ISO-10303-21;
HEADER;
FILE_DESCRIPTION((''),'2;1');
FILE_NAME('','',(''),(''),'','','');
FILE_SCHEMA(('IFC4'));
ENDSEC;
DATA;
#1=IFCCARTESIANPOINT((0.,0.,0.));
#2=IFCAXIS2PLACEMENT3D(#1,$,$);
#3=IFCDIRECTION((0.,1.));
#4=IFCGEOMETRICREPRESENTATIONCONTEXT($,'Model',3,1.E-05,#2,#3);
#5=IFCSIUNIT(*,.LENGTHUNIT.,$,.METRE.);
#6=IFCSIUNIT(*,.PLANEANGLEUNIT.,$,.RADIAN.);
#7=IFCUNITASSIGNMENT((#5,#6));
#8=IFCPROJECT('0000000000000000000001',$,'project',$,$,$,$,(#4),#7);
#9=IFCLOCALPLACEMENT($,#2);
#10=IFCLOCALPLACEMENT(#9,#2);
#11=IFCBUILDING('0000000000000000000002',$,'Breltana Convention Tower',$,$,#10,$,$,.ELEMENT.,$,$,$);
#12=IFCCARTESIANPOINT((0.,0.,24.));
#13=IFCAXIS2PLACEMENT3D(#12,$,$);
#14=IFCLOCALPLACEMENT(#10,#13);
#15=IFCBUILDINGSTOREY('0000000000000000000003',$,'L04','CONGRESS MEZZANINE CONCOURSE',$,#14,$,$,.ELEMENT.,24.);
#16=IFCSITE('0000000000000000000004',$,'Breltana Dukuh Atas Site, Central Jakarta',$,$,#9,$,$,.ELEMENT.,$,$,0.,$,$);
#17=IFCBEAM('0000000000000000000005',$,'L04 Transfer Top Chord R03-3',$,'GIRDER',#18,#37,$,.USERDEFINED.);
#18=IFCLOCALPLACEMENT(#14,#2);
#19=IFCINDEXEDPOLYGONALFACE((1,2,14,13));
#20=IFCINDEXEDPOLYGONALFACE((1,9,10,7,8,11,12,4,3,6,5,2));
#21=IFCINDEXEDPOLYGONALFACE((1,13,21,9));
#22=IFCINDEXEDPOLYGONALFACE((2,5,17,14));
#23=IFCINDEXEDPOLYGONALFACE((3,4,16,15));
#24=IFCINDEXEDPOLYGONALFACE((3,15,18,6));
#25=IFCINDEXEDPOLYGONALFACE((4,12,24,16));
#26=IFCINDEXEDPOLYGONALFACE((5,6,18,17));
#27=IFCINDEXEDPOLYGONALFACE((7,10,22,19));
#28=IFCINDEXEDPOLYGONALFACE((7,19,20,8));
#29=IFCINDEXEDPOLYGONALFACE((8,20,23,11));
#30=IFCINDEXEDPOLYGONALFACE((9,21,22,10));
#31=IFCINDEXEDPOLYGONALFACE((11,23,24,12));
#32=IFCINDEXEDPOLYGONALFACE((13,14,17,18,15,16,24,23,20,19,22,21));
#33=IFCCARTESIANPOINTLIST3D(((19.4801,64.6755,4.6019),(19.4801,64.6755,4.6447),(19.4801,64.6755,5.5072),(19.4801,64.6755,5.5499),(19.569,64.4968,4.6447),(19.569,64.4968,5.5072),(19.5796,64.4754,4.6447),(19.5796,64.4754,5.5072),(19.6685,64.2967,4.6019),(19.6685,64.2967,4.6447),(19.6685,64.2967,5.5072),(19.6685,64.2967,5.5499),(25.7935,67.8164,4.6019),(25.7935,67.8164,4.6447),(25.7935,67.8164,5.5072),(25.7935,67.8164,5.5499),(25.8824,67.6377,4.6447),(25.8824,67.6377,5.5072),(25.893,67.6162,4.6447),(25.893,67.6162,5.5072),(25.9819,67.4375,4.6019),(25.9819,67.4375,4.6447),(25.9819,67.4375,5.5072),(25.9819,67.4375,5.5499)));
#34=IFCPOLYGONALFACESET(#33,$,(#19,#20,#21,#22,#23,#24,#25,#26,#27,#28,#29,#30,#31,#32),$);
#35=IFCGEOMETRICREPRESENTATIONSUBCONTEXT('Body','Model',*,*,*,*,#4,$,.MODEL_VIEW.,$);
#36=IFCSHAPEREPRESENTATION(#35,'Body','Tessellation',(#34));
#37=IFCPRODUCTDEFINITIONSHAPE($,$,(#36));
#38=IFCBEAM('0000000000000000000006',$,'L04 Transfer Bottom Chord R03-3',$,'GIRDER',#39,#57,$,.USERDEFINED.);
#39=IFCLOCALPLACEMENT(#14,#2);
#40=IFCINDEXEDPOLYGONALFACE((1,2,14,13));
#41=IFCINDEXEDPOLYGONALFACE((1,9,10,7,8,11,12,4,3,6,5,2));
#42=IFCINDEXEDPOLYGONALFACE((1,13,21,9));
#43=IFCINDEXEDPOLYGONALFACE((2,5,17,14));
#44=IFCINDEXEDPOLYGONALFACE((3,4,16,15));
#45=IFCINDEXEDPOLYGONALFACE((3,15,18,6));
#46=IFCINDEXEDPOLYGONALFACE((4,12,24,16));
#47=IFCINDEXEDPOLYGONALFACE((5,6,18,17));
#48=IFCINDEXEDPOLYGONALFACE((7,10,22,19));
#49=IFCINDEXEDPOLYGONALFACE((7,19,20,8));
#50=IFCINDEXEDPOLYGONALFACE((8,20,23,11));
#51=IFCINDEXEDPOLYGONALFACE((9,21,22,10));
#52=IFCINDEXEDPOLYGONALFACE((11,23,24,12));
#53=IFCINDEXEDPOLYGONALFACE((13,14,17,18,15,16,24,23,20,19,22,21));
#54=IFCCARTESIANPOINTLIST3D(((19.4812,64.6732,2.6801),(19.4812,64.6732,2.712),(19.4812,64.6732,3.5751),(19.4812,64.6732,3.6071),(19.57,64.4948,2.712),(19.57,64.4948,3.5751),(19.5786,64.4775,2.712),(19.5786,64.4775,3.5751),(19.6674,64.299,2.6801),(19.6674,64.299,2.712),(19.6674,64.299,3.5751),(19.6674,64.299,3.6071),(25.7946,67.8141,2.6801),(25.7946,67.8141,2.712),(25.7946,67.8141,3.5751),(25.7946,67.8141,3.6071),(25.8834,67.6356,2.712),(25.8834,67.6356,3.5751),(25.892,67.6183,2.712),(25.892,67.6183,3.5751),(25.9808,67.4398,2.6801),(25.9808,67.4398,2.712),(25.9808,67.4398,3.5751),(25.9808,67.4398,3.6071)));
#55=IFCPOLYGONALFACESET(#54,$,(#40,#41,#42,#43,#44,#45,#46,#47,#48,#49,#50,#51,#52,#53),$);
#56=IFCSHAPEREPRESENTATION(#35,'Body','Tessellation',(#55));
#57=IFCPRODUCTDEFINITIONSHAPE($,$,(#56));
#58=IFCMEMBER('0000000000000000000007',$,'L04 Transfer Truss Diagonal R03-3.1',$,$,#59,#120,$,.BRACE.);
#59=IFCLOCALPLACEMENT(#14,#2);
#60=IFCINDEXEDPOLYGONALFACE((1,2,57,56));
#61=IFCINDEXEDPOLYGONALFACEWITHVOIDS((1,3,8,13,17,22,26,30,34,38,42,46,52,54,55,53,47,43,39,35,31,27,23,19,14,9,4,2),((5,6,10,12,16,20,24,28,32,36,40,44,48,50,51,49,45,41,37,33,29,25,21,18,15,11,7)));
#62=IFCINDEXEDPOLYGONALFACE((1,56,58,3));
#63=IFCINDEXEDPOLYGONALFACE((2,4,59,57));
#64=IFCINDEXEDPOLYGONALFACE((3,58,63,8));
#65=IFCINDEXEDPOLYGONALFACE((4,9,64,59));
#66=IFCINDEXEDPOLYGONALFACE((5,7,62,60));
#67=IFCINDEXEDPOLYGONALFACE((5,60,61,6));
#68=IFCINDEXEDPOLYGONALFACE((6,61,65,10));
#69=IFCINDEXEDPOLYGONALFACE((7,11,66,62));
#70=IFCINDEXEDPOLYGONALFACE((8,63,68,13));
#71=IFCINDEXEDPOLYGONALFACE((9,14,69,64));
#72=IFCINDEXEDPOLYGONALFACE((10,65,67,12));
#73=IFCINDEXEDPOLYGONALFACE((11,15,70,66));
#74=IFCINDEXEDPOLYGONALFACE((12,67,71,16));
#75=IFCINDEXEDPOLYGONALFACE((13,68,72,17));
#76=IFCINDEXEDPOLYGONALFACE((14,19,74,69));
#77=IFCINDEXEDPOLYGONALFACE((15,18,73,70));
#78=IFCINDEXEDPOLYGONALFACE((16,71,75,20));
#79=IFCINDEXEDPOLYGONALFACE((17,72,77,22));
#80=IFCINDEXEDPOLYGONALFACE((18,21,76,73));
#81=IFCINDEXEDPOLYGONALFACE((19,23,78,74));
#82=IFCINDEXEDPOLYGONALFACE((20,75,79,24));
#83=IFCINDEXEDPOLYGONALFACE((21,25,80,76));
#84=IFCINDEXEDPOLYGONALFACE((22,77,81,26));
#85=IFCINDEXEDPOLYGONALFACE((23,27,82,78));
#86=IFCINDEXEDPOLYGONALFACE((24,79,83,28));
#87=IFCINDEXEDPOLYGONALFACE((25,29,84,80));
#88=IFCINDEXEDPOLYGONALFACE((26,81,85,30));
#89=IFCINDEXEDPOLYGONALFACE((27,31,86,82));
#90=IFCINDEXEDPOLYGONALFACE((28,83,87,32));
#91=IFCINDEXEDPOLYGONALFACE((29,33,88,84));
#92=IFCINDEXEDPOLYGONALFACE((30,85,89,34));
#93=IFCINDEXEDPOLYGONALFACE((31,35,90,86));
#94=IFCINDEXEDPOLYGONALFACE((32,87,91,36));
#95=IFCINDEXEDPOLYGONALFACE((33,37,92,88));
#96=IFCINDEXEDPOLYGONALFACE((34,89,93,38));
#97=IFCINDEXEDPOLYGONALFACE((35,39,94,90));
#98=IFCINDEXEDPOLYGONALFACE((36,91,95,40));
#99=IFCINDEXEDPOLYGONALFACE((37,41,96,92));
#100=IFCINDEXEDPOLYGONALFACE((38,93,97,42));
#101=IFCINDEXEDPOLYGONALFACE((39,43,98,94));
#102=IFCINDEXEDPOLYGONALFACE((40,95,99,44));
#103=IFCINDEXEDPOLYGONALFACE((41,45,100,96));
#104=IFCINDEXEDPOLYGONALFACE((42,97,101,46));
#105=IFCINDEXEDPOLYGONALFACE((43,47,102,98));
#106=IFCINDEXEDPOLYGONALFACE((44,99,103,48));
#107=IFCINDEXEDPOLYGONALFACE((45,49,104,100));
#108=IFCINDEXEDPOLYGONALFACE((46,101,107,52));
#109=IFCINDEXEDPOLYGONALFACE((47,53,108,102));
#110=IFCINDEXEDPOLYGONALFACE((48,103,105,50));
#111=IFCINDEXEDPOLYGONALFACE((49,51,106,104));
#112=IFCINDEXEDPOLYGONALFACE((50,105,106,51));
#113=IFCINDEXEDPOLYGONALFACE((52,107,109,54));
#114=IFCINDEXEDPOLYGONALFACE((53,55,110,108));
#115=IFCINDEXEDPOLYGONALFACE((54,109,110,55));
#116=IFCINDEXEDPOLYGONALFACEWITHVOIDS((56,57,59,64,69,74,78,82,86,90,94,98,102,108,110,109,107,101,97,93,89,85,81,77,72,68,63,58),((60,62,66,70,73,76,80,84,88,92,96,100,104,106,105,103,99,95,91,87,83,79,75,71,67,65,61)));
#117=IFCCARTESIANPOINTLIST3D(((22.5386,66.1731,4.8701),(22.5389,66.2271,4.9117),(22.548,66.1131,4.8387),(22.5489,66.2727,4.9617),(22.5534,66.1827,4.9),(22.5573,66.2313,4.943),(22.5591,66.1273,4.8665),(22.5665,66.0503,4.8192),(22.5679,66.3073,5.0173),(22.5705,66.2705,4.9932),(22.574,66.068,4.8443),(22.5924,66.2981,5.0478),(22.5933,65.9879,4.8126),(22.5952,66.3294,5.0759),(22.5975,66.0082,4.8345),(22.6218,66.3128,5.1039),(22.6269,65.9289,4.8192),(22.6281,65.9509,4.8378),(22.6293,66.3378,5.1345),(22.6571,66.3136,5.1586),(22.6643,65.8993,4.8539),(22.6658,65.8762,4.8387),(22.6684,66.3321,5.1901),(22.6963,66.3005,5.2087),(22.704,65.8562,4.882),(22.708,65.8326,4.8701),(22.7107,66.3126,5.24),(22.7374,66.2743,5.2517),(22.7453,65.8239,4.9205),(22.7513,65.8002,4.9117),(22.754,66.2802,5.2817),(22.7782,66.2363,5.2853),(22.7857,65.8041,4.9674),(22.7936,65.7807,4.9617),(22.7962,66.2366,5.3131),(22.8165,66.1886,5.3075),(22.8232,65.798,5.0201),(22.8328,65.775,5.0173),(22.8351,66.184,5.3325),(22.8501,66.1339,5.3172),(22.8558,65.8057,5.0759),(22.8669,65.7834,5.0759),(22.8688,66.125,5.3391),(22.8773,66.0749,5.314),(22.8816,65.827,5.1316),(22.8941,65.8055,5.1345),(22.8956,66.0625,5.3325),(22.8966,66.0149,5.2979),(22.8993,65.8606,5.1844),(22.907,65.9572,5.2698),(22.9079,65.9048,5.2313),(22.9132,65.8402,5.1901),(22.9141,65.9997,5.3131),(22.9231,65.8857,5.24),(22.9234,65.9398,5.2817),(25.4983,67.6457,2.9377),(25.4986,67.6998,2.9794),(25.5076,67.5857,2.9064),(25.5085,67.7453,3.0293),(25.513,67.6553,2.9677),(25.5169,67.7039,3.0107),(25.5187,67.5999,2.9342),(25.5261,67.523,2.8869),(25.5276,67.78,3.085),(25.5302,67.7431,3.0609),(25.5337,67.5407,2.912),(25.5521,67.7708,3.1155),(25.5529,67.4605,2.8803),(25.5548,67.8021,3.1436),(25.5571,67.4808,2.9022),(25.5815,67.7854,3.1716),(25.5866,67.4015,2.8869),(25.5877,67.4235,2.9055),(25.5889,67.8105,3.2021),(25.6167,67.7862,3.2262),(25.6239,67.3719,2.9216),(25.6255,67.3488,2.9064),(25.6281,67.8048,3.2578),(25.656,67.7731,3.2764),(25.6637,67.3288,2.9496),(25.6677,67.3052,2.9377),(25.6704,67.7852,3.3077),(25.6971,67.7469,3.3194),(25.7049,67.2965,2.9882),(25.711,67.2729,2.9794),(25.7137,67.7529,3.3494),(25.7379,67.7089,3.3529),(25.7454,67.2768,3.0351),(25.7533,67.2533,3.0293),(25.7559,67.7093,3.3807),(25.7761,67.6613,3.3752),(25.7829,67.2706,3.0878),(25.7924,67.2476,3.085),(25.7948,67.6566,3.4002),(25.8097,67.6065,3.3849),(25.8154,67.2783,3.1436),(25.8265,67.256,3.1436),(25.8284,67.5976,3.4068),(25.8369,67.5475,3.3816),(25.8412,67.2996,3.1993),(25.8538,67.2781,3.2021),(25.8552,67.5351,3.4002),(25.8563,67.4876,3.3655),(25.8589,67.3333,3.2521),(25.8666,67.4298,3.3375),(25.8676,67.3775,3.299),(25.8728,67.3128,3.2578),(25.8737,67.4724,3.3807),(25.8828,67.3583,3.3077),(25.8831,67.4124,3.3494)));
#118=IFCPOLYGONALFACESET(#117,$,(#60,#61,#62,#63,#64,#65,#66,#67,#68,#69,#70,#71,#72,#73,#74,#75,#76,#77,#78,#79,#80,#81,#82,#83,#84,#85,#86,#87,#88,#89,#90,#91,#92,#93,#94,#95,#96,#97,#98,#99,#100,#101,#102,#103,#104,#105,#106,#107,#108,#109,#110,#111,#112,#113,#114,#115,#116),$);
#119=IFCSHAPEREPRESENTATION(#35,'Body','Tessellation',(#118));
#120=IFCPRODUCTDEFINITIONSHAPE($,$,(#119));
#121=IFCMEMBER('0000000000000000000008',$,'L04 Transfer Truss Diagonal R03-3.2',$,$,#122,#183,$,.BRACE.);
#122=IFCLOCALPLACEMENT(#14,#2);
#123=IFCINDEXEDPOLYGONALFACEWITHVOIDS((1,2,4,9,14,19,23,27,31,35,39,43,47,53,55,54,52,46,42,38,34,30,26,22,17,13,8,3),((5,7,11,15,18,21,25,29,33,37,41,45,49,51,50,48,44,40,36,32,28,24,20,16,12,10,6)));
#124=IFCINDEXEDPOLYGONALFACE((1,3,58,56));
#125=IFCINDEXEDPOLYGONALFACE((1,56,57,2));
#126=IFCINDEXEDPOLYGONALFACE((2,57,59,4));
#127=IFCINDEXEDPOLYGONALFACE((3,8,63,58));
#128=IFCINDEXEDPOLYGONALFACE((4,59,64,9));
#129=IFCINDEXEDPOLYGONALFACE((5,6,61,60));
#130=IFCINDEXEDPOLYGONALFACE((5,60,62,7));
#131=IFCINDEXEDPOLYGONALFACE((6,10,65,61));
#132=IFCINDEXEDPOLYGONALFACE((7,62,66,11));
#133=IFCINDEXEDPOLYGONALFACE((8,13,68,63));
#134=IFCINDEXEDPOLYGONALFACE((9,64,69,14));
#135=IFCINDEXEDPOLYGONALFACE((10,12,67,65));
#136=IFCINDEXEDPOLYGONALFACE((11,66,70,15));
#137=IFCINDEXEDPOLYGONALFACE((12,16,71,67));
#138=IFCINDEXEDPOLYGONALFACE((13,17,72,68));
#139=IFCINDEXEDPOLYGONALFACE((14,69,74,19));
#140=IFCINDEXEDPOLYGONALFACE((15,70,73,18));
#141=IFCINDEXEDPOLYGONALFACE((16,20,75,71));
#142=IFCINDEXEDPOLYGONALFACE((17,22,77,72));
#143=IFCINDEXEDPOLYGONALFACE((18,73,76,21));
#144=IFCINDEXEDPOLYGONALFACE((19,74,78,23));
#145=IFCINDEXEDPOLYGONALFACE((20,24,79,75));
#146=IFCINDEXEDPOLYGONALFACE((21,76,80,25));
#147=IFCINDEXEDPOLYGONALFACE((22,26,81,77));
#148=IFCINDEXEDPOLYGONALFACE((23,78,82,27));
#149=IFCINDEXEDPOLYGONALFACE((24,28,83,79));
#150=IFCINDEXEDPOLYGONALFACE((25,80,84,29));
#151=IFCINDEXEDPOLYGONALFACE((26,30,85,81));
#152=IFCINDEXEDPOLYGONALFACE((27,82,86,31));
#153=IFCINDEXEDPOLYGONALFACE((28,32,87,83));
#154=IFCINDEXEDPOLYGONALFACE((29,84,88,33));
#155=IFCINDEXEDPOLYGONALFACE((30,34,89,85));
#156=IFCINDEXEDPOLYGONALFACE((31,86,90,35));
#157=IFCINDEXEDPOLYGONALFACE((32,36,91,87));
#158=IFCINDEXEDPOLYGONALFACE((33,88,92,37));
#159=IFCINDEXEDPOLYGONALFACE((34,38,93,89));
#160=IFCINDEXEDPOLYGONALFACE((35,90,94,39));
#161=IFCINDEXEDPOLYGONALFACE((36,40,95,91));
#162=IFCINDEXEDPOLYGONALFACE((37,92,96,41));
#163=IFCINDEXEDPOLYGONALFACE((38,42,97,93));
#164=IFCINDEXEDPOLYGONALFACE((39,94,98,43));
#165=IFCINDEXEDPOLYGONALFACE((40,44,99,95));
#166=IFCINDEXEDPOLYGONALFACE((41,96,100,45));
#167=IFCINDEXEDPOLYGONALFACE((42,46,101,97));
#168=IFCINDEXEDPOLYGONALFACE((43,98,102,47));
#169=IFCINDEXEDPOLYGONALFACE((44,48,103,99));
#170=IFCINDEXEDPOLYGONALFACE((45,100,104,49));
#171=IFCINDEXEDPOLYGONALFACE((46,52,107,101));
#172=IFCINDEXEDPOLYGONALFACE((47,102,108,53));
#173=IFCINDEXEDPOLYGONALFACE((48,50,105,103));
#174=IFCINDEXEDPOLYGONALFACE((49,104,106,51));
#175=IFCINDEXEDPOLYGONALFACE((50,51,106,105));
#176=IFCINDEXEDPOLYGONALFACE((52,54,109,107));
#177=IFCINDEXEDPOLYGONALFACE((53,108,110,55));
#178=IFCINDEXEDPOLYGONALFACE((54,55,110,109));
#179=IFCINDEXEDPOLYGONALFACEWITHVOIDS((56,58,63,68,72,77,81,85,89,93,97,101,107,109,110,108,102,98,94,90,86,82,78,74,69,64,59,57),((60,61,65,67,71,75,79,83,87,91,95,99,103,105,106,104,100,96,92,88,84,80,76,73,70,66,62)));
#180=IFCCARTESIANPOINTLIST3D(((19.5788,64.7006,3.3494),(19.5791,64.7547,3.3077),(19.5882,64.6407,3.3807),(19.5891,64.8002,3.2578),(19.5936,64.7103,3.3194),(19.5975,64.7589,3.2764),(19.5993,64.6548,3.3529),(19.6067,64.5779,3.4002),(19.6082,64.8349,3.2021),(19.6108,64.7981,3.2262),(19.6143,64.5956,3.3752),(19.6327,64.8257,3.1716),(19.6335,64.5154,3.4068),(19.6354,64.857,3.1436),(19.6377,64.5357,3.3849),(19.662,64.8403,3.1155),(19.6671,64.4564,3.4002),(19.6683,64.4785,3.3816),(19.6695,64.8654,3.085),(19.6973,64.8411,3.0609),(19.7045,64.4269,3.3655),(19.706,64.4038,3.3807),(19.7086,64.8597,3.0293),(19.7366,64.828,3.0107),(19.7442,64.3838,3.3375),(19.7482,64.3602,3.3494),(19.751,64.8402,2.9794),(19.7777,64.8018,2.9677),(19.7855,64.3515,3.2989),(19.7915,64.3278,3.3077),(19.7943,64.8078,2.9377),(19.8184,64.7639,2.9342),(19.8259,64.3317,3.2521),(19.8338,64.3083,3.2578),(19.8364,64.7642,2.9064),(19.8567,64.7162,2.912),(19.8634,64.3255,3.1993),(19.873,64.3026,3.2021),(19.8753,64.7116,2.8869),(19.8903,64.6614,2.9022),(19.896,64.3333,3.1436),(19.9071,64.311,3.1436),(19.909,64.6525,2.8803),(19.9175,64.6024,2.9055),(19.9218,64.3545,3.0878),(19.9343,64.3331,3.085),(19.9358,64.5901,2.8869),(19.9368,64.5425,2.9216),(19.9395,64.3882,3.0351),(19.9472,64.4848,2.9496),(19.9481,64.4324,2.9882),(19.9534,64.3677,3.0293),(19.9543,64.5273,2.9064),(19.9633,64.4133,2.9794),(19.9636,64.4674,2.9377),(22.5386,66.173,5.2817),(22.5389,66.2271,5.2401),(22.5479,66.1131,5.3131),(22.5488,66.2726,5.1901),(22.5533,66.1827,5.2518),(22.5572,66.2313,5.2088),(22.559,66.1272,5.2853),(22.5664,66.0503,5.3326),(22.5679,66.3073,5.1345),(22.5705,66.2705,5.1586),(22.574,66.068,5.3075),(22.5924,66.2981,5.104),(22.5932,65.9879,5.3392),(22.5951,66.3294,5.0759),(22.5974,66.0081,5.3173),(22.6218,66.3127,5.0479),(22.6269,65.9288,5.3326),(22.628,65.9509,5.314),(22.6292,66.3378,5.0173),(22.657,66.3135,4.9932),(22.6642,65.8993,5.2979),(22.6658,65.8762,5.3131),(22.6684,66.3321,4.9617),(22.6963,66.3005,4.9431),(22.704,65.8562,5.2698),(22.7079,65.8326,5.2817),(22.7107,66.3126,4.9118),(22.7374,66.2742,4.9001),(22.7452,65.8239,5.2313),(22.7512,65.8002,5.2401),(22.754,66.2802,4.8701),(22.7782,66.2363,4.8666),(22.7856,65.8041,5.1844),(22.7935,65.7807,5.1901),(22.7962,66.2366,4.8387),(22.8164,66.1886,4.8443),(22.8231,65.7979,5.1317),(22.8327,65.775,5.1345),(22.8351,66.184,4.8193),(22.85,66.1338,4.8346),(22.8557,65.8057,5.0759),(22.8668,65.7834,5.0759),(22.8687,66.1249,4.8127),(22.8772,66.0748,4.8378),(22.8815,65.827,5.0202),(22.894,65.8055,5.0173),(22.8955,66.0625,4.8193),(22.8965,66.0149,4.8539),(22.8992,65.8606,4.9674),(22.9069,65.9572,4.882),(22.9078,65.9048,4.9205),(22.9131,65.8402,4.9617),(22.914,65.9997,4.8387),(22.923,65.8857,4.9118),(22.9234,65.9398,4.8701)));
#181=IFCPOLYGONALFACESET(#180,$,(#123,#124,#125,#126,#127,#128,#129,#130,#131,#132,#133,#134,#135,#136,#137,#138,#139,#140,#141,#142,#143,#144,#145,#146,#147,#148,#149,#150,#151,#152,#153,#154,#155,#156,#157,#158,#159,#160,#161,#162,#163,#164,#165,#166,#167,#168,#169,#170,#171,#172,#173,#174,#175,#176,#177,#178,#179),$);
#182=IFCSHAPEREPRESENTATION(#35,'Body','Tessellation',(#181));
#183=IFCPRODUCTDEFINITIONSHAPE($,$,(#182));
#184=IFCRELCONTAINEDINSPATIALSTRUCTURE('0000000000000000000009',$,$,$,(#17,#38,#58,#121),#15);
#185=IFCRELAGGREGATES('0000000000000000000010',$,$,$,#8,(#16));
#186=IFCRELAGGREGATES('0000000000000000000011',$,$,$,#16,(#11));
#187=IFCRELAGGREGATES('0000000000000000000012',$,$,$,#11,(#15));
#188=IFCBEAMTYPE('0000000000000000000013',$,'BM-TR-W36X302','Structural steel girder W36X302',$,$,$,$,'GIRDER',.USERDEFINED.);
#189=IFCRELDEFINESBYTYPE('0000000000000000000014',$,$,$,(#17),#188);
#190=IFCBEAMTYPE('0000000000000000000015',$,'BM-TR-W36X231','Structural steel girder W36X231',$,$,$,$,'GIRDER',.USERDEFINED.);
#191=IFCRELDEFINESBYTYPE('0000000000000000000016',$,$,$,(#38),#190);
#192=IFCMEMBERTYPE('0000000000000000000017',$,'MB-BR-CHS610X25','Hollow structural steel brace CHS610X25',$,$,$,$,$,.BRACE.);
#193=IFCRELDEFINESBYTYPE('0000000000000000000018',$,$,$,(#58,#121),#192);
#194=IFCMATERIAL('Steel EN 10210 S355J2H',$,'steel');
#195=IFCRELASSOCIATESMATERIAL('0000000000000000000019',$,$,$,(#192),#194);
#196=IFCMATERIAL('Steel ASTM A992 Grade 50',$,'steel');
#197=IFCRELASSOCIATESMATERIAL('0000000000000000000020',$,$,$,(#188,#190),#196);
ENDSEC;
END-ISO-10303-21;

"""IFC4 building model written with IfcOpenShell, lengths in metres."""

from ifc_helpers import new_model, si_unit, direction, frame, origin, origin_2d, place, context, subcontext, project, spatial, hollow_circle, i_section, extrude, source, transform, mapped, material, material_profile, profile_set, type_object, element, save


model = new_model("IFC4")

# Units and contexts
model_context = context("Model", 3, precision=1e-05, world=origin(), true_north=direction((0.0, 1.0)))
body_context = subcontext(model_context, "Body", "Model", "MODEL_VIEW")
ifc_project = project(units=[si_unit("LENGTHUNIT", "METRE"), si_unit("PLANEANGLEUNIT", "RADIAN")], contexts=[model_context])

# Site, building, storey
site_placement = place(None, origin())
site = spatial("IfcSite", under=ifc_project, at=site_placement, Name="Breltana Dukuh Atas Site, Central Jakarta", CompositionType="ELEMENT", RefElevation=0.0)
building_placement = place(site_placement, origin())
building = spatial("IfcBuilding", under=site, at=building_placement, Name="Breltana Convention Tower", CompositionType="ELEMENT")
storey_placement = place(building_placement, frame((0.0, 0.0, 24.0)))
storey = spatial("IfcBuildingStorey", under=building, at=storey_placement, Name="L04", Description="CONGRESS MEZZANINE CONCOURSE", CompositionType="ELEMENT", Elevation=24.0)

# Shared definitions
ifc_material_1 = material(Name="Steel ASTM A992 Grade 50", Category="steel")
ifc_material_2 = material(Name="Steel EN 10210 S355J2H", Category="steel")
ifc_material_profile_1 = material_profile(ifc_material_2, hollow_circle(Radius=0.3049, WallThickness=0.0249, at=origin_2d()), Name="CHS610X25")
ifc_profile_set_1 = profile_set([ifc_material_profile_1], Name="Steel EN 10210 S355J2H")
member_type_1 = type_object("IfcMemberType", Name="MB-BR-CHS610X25", Description="Hollow structural steel brace CHS610X25", PredefinedType="BRACE", material=ifc_profile_set_1)

# Beams
ifc_material_profile_2 = material_profile(ifc_material_1, i_section(OverallWidth=0.4231, OverallDepth=0.948, WebThickness=0.0239, FlangeThickness=0.0427, at=origin_2d()), Name="W36X302")
ifc_profile_set_2 = profile_set([ifc_material_profile_2], Name="Steel ASTM A992 Grade 50")
beam_type_1 = type_object("IfcBeamType", Name="BM-TR-W36X302", Description="Structural steel girder W36X302", ElementType="GIRDER", PredefinedType="USERDEFINED", material=ifc_profile_set_2)
shared_shape_1 = source(origin(), body_context, "Body", "SweptSolid", [
    extrude(i_section(OverallWidth=0.4231, OverallDepth=0.948, WebThickness=0.0239, FlangeThickness=0.0427, at=origin_2d()), origin(), (0.0, 0.0, 1.0), 7.0515),
])
beam_1_placement = place(storey_placement, frame((25.8877, 67.627, 5.0759), z_axis=(-0.895326, -0.445412, 0.0), x_axis=(0.445412, -0.895326, 0.0)))
element("IfcBeam", 1, at=beam_1_placement, inside=storey, type_object=beam_type_1, Name="L04 Transfer Top Chord R03-3", ObjectType="GIRDER", PredefinedType="USERDEFINED", context=body_context, shape_type="MappedRepresentation", body=[
    mapped(shared_shape_1, transform((0.0, 0.0, 0.0), scale=1.0)),
])
ifc_material_profile_3 = material_profile(ifc_material_1, i_section(OverallWidth=0.418, OverallDepth=0.927, WebThickness=0.0193, FlangeThickness=0.032, at=origin_2d()), Name="W36X231")
ifc_profile_set_3 = profile_set([ifc_material_profile_3], Name="Steel ASTM A992 Grade 50")
beam_type_2 = type_object("IfcBeamType", Name="BM-TR-W36X231", Description="Structural steel girder W36X231", ElementType="GIRDER", PredefinedType="USERDEFINED", material=ifc_profile_set_3)
shared_shape_2 = source(origin(), body_context, "Body", "SweptSolid", [
    extrude(i_section(OverallWidth=0.418, OverallDepth=0.927, WebThickness=0.0193, FlangeThickness=0.032, at=origin_2d()), origin(), (0.0, 0.0, 1.0), 7.0515),
])
beam_2_placement = place(storey_placement, frame((25.8877, 67.627, 3.1436), z_axis=(-0.895326, -0.445412, 0.0), x_axis=(0.445412, -0.895326, 0.0)))
element("IfcBeam", 2, at=beam_2_placement, inside=storey, type_object=beam_type_2, Name="L04 Transfer Bottom Chord R03-3", ObjectType="GIRDER", PredefinedType="USERDEFINED", context=body_context, shape_type="MappedRepresentation", body=[
    mapped(shared_shape_2, transform((0.0, 0.0, 0.0), scale=1.0)),
])

# Members
shared_shape_3 = source(origin(), body_context, "Body", "SweptSolid", [
    extrude(hollow_circle(Radius=0.3049, WallThickness=0.0249, at=origin_2d()), origin(), (0.0, 0.0, 1.0), 3.8291),
])
for number, where, z_axis, x_axis, name in (
    (3, (25.6907, 67.5291, 3.1436), (-0.772935, -0.384587, 0.504643), (0.44547, -0.895297, 0.0), "L04 Transfer Truss Diagonal R03-3.1"),
    (4, (22.731, 66.0564, 5.0759), (-0.772954, -0.384532, -0.504655), (0.445411, -0.895326, 0.0), "L04 Transfer Truss Diagonal R03-3.2"),
):
    element("IfcMember", number, at=place(storey_placement, frame(where, z_axis=z_axis, x_axis=x_axis)), inside=storey, type_object=member_type_1, Name=name, PredefinedType="BRACE", context=body_context, shape_type="MappedRepresentation", body=[
        mapped(shared_shape_3, transform((0.0, 0.0, 0.0), scale=1.0)),
    ])

save(model, "model.ifc")
